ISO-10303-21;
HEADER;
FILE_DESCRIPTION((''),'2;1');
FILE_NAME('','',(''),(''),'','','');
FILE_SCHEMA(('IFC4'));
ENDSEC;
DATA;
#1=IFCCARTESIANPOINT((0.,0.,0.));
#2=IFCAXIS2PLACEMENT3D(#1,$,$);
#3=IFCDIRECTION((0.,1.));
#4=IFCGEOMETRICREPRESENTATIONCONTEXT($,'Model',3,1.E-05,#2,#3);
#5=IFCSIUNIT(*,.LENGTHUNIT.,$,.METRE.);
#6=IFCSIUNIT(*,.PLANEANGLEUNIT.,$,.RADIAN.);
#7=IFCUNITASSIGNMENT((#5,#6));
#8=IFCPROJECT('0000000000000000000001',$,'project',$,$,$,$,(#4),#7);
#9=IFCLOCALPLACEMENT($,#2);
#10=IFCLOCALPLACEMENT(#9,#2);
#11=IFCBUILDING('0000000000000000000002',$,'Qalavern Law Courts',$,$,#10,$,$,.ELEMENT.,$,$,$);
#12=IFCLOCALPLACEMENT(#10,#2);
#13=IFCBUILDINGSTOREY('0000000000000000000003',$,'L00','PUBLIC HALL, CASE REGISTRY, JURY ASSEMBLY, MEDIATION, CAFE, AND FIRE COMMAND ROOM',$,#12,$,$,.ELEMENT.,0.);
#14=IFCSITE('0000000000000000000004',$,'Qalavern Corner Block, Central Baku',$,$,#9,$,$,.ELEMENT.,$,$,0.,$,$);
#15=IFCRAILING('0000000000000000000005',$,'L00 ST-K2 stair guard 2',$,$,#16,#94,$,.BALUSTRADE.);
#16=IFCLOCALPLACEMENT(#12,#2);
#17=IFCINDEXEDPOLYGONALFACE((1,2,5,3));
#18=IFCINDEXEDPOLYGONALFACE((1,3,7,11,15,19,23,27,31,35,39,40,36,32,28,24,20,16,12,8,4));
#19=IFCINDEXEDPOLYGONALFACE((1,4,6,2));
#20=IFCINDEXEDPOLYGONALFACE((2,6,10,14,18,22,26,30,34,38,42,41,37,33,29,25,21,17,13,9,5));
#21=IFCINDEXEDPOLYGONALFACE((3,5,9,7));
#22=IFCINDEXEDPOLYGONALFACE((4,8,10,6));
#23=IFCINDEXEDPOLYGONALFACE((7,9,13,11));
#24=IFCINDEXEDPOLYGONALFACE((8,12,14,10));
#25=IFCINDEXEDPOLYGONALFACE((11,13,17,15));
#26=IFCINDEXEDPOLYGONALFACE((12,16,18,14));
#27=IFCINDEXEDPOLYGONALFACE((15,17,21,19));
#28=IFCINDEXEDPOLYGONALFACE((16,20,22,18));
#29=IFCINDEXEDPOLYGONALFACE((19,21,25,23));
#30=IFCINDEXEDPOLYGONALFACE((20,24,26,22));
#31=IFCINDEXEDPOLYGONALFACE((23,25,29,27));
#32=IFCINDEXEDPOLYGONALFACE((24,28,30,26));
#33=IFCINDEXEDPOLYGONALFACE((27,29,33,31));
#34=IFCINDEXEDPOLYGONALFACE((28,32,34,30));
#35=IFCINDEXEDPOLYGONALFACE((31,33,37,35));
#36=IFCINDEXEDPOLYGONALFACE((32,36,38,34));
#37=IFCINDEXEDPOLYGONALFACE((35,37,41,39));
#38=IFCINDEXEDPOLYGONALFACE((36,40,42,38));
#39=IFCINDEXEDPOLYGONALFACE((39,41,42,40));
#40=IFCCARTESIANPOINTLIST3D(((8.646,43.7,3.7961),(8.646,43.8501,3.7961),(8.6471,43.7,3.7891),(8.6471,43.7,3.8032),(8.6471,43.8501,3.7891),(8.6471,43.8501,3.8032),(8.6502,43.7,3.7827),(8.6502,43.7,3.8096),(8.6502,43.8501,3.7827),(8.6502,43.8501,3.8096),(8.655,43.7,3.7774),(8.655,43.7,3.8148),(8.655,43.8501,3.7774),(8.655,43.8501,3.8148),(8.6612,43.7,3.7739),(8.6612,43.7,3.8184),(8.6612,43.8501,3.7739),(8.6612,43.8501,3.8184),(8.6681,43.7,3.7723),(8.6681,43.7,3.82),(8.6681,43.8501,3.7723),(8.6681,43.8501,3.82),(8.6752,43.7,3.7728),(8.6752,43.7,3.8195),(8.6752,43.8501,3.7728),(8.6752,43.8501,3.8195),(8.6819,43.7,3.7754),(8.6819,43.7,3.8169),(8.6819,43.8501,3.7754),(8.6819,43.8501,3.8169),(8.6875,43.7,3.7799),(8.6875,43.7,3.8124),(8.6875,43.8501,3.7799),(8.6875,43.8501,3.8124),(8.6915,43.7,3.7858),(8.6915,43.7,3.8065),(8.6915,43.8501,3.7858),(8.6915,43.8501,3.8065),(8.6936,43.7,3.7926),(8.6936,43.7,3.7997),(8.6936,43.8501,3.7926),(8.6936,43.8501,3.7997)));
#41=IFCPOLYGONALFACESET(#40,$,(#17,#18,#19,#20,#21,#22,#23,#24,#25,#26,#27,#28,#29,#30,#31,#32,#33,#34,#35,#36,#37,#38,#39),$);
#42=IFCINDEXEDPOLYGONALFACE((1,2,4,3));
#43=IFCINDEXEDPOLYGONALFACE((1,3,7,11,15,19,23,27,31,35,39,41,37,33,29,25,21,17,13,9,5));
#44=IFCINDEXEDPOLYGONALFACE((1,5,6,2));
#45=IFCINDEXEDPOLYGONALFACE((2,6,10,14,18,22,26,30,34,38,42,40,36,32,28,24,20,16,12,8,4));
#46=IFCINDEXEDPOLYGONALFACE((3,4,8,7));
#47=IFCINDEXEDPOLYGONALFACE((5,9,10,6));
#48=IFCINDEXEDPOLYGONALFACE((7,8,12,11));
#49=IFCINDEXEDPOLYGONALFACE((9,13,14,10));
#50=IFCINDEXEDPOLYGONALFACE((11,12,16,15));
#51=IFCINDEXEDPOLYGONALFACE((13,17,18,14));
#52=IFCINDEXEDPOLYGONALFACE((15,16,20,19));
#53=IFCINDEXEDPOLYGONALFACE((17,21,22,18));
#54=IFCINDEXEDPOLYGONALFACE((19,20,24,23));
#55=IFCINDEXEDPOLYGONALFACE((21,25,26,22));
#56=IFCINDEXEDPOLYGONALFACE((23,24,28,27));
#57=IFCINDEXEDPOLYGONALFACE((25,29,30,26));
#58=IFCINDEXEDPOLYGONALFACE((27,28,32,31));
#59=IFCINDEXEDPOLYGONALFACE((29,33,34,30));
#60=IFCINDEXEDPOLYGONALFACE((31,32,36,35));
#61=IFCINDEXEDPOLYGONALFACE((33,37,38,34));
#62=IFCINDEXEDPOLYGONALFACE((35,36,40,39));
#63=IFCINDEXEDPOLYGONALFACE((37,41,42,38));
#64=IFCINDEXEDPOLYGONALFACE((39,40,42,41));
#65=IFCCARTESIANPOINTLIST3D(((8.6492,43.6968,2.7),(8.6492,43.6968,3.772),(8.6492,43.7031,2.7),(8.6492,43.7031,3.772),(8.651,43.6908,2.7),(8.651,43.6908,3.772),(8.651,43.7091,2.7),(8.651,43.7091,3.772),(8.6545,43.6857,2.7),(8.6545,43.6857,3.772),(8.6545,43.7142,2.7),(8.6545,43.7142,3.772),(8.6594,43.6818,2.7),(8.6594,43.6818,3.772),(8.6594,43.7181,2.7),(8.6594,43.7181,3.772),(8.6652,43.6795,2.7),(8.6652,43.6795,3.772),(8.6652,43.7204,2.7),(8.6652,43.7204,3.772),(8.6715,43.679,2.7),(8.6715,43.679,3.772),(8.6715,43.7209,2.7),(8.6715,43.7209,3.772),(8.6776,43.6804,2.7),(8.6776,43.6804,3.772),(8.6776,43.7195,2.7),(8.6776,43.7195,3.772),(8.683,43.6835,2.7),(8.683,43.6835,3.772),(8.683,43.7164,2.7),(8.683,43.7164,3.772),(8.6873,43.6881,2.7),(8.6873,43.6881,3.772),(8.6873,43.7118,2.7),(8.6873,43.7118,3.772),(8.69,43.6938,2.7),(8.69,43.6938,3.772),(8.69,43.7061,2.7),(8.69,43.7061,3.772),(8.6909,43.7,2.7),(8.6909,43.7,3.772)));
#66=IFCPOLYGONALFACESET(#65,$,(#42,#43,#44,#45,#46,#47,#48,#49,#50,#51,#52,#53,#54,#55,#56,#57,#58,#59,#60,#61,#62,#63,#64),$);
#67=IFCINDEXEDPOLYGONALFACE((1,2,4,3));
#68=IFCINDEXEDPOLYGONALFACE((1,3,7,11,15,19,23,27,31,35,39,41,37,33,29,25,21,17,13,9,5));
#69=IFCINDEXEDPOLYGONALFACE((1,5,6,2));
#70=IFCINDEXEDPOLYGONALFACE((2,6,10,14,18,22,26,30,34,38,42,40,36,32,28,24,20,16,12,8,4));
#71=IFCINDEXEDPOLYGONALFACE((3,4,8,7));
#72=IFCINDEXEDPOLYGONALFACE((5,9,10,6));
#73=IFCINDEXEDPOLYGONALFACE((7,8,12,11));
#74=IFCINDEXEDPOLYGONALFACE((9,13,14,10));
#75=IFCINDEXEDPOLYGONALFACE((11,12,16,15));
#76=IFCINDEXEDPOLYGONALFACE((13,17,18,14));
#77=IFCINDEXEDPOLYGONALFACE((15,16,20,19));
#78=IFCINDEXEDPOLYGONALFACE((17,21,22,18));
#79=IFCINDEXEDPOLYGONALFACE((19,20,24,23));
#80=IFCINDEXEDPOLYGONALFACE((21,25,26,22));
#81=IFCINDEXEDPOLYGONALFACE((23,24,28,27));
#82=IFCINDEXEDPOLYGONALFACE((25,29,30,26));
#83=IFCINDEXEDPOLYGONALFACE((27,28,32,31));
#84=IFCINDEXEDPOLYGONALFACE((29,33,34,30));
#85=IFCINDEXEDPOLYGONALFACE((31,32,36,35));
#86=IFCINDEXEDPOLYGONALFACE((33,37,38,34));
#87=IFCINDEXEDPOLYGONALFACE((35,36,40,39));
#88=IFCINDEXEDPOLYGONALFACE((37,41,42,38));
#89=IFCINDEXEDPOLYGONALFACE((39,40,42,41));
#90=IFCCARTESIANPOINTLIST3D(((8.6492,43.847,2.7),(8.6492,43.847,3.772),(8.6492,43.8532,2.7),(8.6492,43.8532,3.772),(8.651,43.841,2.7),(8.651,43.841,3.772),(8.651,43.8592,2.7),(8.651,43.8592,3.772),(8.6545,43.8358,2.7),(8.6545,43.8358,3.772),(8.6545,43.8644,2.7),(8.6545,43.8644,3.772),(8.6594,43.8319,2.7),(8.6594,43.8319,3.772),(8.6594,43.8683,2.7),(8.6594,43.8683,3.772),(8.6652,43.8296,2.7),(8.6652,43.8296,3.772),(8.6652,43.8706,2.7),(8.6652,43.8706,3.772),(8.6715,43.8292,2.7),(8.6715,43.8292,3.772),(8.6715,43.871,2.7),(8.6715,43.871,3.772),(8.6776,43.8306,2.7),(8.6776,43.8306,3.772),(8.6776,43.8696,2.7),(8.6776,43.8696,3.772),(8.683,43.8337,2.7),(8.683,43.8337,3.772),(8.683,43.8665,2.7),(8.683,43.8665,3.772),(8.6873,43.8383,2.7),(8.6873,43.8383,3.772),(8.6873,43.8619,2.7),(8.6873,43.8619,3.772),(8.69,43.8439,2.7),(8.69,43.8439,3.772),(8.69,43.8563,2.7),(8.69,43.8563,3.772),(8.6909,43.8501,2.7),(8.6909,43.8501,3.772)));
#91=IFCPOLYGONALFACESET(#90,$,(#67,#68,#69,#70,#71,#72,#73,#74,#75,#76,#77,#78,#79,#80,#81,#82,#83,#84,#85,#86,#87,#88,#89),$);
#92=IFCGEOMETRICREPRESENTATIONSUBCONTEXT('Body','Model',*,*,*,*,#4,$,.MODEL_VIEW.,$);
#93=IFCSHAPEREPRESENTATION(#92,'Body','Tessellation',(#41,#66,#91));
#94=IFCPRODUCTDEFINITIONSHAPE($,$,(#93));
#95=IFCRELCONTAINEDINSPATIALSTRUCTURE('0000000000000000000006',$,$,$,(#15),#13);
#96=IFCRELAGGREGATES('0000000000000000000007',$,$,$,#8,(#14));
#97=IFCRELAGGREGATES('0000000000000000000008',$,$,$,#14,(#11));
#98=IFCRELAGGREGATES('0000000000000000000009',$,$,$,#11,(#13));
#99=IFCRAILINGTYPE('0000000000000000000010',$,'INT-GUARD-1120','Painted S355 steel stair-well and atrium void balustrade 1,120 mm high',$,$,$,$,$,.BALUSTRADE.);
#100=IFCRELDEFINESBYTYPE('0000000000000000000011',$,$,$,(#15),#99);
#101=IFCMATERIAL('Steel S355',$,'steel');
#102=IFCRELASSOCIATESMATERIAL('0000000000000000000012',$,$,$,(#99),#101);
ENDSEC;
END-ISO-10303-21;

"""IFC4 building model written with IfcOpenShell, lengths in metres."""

from ifc_helpers import new_model, si_unit, direction, frame, origin, origin_2d, place, context, subcontext, project, spatial, circle, extrude, material, type_object, element, save


model = new_model("IFC4")

# Units and contexts
model_context = context("Model", 3, precision=1e-05, world=origin(), true_north=direction((0.0, 1.0)))
body_context = subcontext(model_context, "Body", "Model", "MODEL_VIEW")
ifc_project = project(units=[si_unit("LENGTHUNIT", "METRE"), si_unit("PLANEANGLEUNIT", "RADIAN")], contexts=[model_context])

# Site, building, storey
site_placement = place(None, origin())
site = spatial("IfcSite", under=ifc_project, at=site_placement, Name="Qalavern Corner Block, Central Baku", CompositionType="ELEMENT", RefElevation=0.0)
building_placement = place(site_placement, origin())
building = spatial("IfcBuilding", under=site, at=building_placement, Name="Qalavern Law Courts", CompositionType="ELEMENT")
storey_placement = place(building_placement, origin())
storey = spatial("IfcBuildingStorey", under=building, at=storey_placement, Name="L00", Description="PUBLIC HALL, CASE REGISTRY, JURY ASSEMBLY, MEDIATION, CAFE, AND FIRE COMMAND ROOM", CompositionType="ELEMENT", Elevation=0.0)

# Shared definitions
ifc_material_1 = material(Name="Steel S355", Category="steel")

# Railing
railing_type = type_object("IfcRailingType", Name="INT-GUARD-1120", Description="Painted S355 steel stair-well and atrium void balustrade 1,120 mm high", PredefinedType="BALUSTRADE", material=ifc_material_1)
railing_1_placement = place(storey_placement, frame((8.6699, 43.7, 2.7)))
element("IfcRailing", 1, at=railing_1_placement, inside=storey, type_object=railing_type, Name="L00 ST-K2 stair guard 2", PredefinedType="BALUSTRADE", context=body_context, shape_type="SweptSolid", body=[
    extrude(circle(Radius=0.0239, at=origin_2d()), frame((0.0, 0.0, 1.0962), z_axis=(0.0, 1.0, 0.0), x_axis=(-1.0, 0.0, 0.0)), (0.0, 0.0, 1.0), 0.1501),
    extrude(circle(Radius=0.021, at=origin_2d()), origin(), (0.0, 0.0, 1.0), 1.072),
    extrude(circle(Radius=0.021, at=origin_2d()), frame((0.0, 0.1501, 0.0)), (0.0, 0.0, 1.0), 1.072),
])

save(model, "model.ifc")
